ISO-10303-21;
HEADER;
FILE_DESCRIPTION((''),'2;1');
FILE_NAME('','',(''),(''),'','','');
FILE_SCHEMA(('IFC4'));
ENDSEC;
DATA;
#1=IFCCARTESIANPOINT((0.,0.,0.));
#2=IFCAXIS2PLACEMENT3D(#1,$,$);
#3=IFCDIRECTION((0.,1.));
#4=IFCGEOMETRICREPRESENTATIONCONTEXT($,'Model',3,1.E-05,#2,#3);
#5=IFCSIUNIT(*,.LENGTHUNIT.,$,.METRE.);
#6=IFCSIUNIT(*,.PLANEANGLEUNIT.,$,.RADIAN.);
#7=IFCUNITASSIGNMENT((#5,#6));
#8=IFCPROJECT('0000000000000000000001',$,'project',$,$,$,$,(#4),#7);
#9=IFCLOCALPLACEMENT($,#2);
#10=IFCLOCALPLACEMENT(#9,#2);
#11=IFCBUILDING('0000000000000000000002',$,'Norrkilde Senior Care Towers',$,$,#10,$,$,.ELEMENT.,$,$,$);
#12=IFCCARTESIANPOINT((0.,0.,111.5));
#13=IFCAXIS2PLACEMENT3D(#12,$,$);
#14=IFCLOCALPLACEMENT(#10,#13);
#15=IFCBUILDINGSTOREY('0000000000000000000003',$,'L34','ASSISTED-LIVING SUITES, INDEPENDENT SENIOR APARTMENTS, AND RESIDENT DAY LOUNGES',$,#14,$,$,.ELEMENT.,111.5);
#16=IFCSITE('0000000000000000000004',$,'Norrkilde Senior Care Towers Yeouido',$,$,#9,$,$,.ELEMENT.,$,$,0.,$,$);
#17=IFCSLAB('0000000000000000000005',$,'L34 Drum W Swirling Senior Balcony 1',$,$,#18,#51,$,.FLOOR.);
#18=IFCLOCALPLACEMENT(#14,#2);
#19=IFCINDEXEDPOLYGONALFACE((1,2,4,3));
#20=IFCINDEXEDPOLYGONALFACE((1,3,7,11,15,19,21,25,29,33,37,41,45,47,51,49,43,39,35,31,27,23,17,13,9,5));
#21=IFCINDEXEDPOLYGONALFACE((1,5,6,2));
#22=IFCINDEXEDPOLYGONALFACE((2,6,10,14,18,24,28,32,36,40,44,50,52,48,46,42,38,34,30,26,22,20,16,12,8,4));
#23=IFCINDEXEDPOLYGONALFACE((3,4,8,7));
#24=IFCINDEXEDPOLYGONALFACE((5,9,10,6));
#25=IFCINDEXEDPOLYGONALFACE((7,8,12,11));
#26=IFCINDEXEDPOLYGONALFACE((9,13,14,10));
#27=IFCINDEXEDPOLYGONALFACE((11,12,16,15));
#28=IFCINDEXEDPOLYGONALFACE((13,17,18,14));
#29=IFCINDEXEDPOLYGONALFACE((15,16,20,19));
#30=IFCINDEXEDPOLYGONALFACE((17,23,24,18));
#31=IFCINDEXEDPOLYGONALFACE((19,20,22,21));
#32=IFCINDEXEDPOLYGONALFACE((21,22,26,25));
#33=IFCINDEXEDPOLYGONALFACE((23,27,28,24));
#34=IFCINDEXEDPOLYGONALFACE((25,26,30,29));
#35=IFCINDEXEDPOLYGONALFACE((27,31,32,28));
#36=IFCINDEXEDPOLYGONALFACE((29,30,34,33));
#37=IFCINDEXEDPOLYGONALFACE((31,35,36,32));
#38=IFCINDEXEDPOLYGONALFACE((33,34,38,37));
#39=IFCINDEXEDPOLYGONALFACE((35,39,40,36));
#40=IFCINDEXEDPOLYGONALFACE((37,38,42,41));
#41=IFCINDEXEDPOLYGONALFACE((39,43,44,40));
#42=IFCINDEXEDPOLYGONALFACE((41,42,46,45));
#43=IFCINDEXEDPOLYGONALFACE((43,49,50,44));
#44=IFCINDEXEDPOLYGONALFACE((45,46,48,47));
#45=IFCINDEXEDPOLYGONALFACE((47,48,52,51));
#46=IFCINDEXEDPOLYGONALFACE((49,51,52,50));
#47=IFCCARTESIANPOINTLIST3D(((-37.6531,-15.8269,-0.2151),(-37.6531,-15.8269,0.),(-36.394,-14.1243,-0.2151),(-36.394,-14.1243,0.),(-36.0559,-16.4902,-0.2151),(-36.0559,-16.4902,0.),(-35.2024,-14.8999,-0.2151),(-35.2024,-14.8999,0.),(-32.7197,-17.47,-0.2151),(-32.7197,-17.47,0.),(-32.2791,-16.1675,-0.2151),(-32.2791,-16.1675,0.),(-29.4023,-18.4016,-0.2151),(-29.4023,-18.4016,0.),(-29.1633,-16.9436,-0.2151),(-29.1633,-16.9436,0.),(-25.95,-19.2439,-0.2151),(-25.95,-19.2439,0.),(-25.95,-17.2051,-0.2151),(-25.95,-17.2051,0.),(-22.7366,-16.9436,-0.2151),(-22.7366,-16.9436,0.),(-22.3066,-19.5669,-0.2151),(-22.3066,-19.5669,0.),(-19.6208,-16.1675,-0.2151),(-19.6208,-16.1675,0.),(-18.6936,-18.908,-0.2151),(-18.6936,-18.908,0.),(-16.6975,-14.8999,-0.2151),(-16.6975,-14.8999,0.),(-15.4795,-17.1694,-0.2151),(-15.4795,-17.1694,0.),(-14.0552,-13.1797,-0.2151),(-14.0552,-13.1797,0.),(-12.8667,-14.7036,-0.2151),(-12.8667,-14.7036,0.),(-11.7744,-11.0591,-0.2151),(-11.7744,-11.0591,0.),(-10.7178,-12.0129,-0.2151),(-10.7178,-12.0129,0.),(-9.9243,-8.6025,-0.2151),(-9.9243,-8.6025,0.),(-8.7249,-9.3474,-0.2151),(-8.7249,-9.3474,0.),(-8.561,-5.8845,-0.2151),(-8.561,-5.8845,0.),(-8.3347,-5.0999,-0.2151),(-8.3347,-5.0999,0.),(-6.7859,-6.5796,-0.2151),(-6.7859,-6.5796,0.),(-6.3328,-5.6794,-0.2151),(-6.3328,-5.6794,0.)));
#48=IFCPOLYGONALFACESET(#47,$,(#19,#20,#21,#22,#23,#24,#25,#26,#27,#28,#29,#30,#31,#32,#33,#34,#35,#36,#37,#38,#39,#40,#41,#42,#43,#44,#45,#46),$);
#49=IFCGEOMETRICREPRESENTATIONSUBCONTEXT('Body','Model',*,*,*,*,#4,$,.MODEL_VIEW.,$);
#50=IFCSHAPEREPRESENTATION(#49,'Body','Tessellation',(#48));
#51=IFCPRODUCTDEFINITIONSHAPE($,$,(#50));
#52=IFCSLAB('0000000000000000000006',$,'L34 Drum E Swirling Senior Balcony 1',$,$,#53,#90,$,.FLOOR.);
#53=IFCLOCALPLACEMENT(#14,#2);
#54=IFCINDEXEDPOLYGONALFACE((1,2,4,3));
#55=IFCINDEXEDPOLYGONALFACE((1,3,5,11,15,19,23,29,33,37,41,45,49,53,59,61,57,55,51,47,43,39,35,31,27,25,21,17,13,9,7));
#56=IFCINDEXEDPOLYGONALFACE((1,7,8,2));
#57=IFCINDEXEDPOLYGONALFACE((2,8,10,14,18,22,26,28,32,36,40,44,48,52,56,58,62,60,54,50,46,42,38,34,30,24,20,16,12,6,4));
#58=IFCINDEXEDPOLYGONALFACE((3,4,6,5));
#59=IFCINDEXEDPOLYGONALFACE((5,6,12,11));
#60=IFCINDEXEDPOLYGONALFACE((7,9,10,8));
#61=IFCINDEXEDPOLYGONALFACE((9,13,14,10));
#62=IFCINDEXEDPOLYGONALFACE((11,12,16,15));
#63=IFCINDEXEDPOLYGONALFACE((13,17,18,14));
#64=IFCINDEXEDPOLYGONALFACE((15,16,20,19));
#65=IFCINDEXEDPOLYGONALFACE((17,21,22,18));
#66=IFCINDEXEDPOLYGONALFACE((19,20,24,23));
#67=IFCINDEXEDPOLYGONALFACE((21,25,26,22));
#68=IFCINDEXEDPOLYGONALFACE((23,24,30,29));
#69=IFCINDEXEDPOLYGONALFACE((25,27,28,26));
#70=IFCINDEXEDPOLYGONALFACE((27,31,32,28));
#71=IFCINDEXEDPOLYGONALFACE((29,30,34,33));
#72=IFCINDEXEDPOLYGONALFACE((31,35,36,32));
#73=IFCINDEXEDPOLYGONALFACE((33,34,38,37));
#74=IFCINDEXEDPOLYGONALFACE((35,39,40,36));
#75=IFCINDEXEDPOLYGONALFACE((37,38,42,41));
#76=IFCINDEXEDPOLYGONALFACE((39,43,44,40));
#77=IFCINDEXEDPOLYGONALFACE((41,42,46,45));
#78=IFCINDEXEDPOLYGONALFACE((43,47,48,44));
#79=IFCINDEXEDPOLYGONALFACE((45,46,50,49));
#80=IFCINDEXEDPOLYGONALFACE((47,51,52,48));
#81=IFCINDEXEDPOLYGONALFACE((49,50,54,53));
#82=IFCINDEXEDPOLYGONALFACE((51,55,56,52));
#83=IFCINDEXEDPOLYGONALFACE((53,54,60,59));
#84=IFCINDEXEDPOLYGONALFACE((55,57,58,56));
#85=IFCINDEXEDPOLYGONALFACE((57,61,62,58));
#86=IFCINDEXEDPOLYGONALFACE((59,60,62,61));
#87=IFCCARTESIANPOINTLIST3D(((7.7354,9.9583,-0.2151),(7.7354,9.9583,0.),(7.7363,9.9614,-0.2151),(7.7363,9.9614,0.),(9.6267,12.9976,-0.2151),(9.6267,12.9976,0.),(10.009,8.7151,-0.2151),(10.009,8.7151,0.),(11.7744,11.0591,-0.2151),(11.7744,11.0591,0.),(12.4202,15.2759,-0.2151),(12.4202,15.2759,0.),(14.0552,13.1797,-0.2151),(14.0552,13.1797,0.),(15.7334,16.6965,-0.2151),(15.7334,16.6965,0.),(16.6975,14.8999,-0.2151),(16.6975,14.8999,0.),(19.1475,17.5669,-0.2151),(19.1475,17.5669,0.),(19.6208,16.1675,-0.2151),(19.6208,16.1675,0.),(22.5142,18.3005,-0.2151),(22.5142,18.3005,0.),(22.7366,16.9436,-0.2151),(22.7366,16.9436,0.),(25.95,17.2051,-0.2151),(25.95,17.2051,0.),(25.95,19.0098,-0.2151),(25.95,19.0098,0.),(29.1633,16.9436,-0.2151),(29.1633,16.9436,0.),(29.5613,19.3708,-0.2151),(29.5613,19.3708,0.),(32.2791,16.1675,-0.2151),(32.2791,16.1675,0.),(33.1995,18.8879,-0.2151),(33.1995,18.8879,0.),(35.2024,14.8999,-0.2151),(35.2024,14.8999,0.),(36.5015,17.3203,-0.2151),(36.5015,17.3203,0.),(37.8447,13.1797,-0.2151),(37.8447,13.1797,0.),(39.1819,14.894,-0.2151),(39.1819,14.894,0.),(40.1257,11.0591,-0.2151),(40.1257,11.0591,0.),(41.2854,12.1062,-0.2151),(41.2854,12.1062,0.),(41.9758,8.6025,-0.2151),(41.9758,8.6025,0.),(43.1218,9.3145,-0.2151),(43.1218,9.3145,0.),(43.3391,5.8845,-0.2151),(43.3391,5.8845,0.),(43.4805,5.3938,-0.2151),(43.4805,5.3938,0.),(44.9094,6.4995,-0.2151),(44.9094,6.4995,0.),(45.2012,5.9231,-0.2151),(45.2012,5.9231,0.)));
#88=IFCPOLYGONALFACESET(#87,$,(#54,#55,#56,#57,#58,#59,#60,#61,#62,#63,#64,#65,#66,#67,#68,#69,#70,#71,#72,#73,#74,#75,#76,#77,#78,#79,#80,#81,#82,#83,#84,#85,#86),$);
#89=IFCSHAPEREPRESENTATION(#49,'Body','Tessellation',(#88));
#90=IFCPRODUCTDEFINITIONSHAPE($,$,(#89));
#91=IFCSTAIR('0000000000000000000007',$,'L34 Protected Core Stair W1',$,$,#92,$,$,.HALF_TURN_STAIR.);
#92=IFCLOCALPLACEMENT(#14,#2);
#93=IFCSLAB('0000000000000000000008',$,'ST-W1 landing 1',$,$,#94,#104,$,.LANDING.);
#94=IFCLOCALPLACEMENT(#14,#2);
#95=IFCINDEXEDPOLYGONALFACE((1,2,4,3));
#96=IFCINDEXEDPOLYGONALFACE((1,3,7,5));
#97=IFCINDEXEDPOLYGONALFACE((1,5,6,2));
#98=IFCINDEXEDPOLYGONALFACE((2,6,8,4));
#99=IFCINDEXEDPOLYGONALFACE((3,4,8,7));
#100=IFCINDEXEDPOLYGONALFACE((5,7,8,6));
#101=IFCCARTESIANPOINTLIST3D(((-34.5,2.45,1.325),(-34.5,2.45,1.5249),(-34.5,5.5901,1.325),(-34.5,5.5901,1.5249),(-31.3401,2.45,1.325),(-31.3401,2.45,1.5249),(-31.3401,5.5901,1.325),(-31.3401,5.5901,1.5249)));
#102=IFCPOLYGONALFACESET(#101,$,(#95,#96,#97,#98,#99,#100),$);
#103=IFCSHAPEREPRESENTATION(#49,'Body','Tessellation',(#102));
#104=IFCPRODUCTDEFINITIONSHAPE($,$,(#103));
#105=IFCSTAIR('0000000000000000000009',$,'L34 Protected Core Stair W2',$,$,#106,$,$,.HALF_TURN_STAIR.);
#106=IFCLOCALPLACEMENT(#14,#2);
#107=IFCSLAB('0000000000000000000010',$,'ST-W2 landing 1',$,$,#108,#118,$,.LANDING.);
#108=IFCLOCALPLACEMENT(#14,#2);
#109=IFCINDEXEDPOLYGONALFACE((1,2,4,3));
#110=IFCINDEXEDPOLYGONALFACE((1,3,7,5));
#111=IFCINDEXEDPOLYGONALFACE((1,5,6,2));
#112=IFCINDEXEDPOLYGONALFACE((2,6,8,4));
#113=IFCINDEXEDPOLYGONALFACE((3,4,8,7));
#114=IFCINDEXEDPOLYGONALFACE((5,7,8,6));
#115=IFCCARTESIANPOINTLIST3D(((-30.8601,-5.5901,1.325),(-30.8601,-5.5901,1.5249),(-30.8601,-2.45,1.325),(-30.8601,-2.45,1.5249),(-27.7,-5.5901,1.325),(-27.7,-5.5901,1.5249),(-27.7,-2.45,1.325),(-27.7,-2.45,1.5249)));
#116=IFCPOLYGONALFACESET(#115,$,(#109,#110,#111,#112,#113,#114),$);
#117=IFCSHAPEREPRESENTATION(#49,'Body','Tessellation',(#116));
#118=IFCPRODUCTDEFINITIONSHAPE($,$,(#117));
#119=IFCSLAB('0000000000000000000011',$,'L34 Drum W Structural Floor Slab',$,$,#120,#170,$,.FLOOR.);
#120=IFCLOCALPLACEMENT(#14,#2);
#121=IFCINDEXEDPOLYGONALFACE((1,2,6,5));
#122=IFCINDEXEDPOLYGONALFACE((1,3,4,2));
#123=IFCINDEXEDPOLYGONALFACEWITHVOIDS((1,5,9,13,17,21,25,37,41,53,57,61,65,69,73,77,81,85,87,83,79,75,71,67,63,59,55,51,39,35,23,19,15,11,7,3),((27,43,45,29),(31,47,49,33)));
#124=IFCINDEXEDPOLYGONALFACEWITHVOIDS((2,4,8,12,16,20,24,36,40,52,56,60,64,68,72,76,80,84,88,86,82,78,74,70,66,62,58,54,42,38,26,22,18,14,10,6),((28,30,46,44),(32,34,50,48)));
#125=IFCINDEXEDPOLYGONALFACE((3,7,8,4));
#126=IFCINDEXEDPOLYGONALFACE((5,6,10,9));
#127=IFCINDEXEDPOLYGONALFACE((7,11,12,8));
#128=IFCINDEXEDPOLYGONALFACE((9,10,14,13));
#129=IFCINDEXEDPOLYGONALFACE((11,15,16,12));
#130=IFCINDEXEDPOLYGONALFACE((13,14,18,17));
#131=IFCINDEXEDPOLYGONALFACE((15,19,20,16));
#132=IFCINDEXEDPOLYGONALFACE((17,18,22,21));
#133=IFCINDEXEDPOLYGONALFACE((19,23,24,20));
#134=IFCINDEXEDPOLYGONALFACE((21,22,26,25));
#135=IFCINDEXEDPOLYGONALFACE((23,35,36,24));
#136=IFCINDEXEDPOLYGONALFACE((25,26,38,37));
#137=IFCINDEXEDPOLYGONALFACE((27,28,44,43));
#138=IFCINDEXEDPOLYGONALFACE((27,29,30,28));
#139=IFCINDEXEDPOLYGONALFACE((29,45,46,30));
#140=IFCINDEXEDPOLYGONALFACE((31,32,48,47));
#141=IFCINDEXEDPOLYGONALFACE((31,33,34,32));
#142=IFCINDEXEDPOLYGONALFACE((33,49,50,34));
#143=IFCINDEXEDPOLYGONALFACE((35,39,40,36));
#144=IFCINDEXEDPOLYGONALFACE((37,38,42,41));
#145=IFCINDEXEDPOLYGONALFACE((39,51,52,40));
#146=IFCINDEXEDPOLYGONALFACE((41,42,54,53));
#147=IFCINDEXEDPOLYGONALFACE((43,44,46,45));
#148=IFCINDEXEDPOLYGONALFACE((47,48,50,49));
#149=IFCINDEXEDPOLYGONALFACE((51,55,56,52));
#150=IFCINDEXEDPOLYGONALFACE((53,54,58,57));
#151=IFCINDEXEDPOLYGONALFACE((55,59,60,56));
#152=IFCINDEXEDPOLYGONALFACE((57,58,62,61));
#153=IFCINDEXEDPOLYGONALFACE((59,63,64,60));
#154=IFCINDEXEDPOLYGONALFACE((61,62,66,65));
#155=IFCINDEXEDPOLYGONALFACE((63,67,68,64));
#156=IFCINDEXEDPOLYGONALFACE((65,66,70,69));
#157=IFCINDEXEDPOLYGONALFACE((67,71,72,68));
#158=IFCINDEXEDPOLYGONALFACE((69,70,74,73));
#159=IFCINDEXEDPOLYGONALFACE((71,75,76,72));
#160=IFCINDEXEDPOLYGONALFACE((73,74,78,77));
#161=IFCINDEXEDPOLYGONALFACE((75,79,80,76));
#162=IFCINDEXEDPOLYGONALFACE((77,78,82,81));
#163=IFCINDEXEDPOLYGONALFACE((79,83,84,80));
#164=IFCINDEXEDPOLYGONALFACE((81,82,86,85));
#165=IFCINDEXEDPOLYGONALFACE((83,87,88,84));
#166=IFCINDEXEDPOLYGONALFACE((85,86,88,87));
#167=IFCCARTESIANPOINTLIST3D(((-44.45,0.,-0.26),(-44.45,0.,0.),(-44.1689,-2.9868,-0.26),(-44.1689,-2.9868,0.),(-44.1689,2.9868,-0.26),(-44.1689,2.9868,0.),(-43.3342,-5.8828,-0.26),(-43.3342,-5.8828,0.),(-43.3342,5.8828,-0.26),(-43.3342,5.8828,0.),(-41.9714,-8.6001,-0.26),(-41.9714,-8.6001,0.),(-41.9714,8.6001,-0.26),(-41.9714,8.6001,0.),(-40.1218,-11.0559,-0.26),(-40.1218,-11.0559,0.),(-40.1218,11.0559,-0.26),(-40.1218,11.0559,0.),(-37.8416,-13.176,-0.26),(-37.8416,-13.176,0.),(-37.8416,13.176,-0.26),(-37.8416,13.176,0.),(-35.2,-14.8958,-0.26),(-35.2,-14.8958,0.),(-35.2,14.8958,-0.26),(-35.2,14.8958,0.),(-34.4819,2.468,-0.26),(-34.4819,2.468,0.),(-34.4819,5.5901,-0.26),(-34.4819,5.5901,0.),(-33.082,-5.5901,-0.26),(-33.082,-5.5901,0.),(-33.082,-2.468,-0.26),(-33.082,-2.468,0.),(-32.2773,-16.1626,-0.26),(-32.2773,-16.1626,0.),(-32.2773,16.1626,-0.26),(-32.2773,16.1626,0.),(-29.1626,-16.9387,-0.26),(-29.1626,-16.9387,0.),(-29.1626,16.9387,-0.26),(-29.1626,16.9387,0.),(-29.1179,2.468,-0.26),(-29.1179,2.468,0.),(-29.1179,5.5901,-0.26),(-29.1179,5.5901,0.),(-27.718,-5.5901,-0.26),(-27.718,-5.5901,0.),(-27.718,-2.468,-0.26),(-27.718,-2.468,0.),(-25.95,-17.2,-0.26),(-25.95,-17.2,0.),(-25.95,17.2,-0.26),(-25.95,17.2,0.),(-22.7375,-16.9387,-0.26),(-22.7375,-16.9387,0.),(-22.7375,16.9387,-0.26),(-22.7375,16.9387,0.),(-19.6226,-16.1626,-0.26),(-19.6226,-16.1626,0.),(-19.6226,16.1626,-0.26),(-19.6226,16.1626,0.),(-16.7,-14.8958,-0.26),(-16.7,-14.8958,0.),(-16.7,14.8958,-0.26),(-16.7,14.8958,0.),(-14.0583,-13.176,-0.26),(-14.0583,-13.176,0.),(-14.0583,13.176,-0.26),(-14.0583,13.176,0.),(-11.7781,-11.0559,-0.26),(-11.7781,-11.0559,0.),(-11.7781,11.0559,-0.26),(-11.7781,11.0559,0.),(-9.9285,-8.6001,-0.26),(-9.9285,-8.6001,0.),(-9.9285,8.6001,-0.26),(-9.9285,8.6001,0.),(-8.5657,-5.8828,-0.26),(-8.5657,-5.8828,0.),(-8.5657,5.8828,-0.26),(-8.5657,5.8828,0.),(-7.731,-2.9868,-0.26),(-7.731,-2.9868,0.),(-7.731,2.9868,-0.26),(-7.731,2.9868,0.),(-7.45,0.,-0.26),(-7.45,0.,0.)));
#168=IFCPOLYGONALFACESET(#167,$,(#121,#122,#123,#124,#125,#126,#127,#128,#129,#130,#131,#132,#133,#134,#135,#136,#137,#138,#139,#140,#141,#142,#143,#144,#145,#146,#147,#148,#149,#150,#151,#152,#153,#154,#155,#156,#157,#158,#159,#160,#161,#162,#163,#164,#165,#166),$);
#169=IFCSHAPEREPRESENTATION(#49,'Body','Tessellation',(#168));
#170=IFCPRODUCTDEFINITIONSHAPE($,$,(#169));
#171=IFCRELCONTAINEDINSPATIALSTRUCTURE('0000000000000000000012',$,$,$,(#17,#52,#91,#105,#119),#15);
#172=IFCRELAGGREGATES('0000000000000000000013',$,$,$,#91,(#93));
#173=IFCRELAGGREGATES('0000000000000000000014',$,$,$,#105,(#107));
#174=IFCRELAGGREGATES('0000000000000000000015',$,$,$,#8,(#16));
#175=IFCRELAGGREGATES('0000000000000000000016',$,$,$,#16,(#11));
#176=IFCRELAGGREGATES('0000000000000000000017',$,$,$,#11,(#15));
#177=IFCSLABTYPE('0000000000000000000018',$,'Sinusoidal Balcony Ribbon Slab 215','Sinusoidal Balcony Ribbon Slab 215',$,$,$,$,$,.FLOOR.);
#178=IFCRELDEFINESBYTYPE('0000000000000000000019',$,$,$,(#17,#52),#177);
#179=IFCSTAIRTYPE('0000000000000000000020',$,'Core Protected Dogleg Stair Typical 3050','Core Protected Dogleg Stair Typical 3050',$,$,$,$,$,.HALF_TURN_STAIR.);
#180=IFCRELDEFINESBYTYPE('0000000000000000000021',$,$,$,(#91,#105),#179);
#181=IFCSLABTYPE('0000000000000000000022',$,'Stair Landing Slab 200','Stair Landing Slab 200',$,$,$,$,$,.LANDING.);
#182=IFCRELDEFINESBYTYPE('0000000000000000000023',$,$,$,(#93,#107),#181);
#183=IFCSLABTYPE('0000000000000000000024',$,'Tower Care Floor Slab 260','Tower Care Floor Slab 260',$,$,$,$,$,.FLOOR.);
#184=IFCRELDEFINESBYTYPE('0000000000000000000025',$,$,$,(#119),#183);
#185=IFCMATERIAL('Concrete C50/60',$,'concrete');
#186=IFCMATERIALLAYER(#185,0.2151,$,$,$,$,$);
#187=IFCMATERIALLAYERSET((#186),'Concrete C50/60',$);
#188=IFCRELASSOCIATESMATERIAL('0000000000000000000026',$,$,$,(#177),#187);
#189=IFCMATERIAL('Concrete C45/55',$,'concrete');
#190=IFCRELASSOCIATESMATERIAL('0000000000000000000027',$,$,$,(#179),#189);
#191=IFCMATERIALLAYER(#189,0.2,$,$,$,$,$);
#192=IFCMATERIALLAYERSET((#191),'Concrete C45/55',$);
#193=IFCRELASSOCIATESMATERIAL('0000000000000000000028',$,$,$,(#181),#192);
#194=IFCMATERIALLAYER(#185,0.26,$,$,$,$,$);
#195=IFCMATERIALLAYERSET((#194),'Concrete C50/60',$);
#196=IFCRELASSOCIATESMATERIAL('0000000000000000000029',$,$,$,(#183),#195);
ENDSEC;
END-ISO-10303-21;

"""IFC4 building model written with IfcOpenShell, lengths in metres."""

from ifc_helpers import new_model, si_unit, direction, frame, origin, place, context, subcontext, project, spatial, polyline, outline, extrude, material, layer, layer_set, type_object, element, aggregate, save


model = new_model("IFC4")

# Units and contexts
model_context = context("Model", 3, precision=1e-05, world=origin(), true_north=direction((0.0, 1.0)))
body_context = subcontext(model_context, "Body", "Model", "MODEL_VIEW")
ifc_project = project(units=[si_unit("LENGTHUNIT", "METRE"), si_unit("PLANEANGLEUNIT", "RADIAN")], contexts=[model_context])

# Site, building, storey
site_placement = place(None, origin())
site = spatial("IfcSite", under=ifc_project, at=site_placement, Name="Norrkilde Senior Care Towers Yeouido", CompositionType="ELEMENT", RefElevation=0.0)
building_placement = place(site_placement, origin())
building = spatial("IfcBuilding", under=site, at=building_placement, Name="Norrkilde Senior Care Towers", CompositionType="ELEMENT")
storey_placement = place(building_placement, frame((0.0, 0.0, 111.5)))
storey = spatial("IfcBuildingStorey", under=building, at=storey_placement, Name="L34", Description="ASSISTED-LIVING SUITES, INDEPENDENT SENIOR APARTMENTS, AND RESIDENT DAY LOUNGES", CompositionType="ELEMENT", Elevation=111.5)

# Slabs
ifc_material_1 = material(Name="Concrete C50/60", Category="concrete")
ifc_layer_1 = layer(ifc_material_1, 0.2151)
ifc_layer_set_1 = layer_set([ifc_layer_1], Name="Concrete C50/60")
slab_type_1 = type_object("IfcSlabType", Name="Sinusoidal Balcony Ribbon Slab 215", Description="Sinusoidal Balcony Ribbon Slab 215", PredefinedType="FLOOR", material=ifc_layer_set_1)
slab_1_placement = place(storey_placement, frame((0.0, 0.0, -0.2151)))
element("IfcSlab", 1, at=slab_1_placement, inside=storey, type_object=slab_type_1, Name="L34 Drum W Swirling Senior Balcony 1", PredefinedType="FLOOR", context=body_context, shape_type="SweptSolid", body=[
    extrude(outline(polyline([(-8.7249, -9.3474), (-10.7178, -12.0129), (-12.8667, -14.7036), (-15.4795, -17.1694), (-18.6936, -18.908), (-22.3066, -19.5669), (-25.95, -19.2439), (-29.4023, -18.4016), (-32.7197, -17.47), (-36.0559, -16.4902), (-37.6531, -15.8269), (-36.394, -14.1243), (-35.2024, -14.8999), (-32.2791, -16.1675), (-29.1633, -16.9436), (-25.95, -17.2051), (-22.7366, -16.9436), (-19.6208, -16.1675), (-16.6975, -14.8999), (-14.0552, -13.1797), (-11.7744, -11.0591), (-9.9243, -8.6025), (-8.561, -5.8845), (-8.3347, -5.0999), (-6.3328, -5.6794), (-6.7859, -6.5796), (-8.7249, -9.3474)])), origin(), (0.0, 0.0, 1.0), 0.2151),
])
slab_2_placement = place(storey_placement, frame((0.0, 0.0, -0.2151)))
element("IfcSlab", 2, at=slab_2_placement, inside=storey, type_object=slab_type_1, Name="L34 Drum E Swirling Senior Balcony 1", PredefinedType="FLOOR", context=body_context, shape_type="SweptSolid", body=[
    extrude(outline(polyline([(9.6267, 12.9976), (12.4202, 15.2759), (15.7334, 16.6965), (19.1475, 17.5669), (22.5142, 18.3005), (25.95, 19.0098), (29.5613, 19.3708), (33.1995, 18.8879), (36.5015, 17.3203), (39.1819, 14.894), (41.2854, 12.1062), (43.1218, 9.3145), (44.9094, 6.4995), (45.2012, 5.9231), (43.4805, 5.3938), (43.3391, 5.8845), (41.9758, 8.6025), (40.1257, 11.0591), (37.8447, 13.1797), (35.2024, 14.8999), (32.2791, 16.1675), (29.1633, 16.9436), (25.95, 17.2051), (22.7366, 16.9436), (19.6208, 16.1675), (16.6975, 14.8999), (14.0552, 13.1797), (11.7744, 11.0591), (10.009, 8.7151), (7.7354, 9.9583), (7.7363, 9.9614), (9.6267, 12.9976)])), origin(), (0.0, 0.0, 1.0), 0.2151),
])

# Stairs, slabs
ifc_material_2 = material(Name="Concrete C45/55", Category="concrete")
stair_type = type_object("IfcStairType", Name="Core Protected Dogleg Stair Typical 3050", Description="Core Protected Dogleg Stair Typical 3050", PredefinedType="HALF_TURN_STAIR", material=ifc_material_2)
stair_1_placement = place(storey_placement, origin())
stair_1 = element("IfcStair", 3, at=stair_1_placement, inside=storey, type_object=stair_type, Name="L34 Protected Core Stair W1", PredefinedType="HALF_TURN_STAIR")
ifc_layer_2 = layer(ifc_material_2, 0.2)
ifc_layer_set_2 = layer_set([ifc_layer_2], Name="Concrete C45/55")
slab_type_2 = type_object("IfcSlabType", Name="Stair Landing Slab 200", Description="Stair Landing Slab 200", PredefinedType="LANDING", material=ifc_layer_set_2)
slab_3_placement = place(storey_placement, frame((0.0, 0.0, 1.325)))
slab_3 = element("IfcSlab", 4, at=slab_3_placement, type_object=slab_type_2, Name="ST-W1 landing 1", PredefinedType="LANDING", context=body_context, shape_type="SweptSolid", body=[
    extrude(outline(polyline([(-31.3401, 5.5901), (-34.5, 5.5901), (-34.5, 2.45), (-31.3401, 2.45), (-31.3401, 5.5901)])), origin(), (0.0, 0.0, 1.0), 0.2),
])
aggregate(stair_1, [slab_3])
stair_2_placement = place(storey_placement, origin())
stair_2 = element("IfcStair", 5, at=stair_2_placement, inside=storey, type_object=stair_type, Name="L34 Protected Core Stair W2", PredefinedType="HALF_TURN_STAIR")
slab_4_placement = place(storey_placement, frame((0.0, 0.0, 1.325)))
slab_4 = element("IfcSlab", 6, at=slab_4_placement, type_object=slab_type_2, Name="ST-W2 landing 1", PredefinedType="LANDING", context=body_context, shape_type="SweptSolid", body=[
    extrude(outline(polyline([(-30.8601, -5.5901), (-27.7, -5.5901), (-27.7, -2.45), (-30.8601, -2.45), (-30.8601, -5.5901)])), origin(), (0.0, 0.0, 1.0), 0.2),
])
aggregate(stair_2, [slab_4])

# Slab
ifc_layer_3 = layer(ifc_material_1, 0.26)
ifc_layer_set_3 = layer_set([ifc_layer_3], Name="Concrete C50/60")
slab_type_3 = type_object("IfcSlabType", Name="Tower Care Floor Slab 260", Description="Tower Care Floor Slab 260", PredefinedType="FLOOR", material=ifc_layer_set_3)
slab_5_placement = place(storey_placement, frame((0.0, 0.0, -0.26)))
element("IfcSlab", 7, at=slab_5_placement, inside=storey, type_object=slab_type_3, Name="L34 Drum W Structural Floor Slab", PredefinedType="FLOOR", context=body_context, shape_type="SweptSolid", body=[
    extrude(outline(polyline([(-8.5657, -5.8828), (-9.9285, -8.6001), (-11.7781, -11.0559), (-14.0583, -13.176), (-16.7, -14.8958), (-19.6226, -16.1626), (-22.7375, -16.9387), (-25.95, -17.2), (-29.1626, -16.9387), (-32.2773, -16.1626), (-35.2, -14.8958), (-37.8416, -13.176), (-40.1218, -11.0559), (-41.9714, -8.6001), (-43.3342, -5.8828), (-44.1689, -2.9868), (-44.45, 0.0), (-44.1689, 2.9868), (-43.3342, 5.8828), (-41.9714, 8.6001), (-40.1218, 11.0559), (-37.8416, 13.176), (-35.2, 14.8958), (-32.2773, 16.1626), (-29.1626, 16.9387), (-25.95, 17.2), (-22.7375, 16.9387), (-19.6226, 16.1626), (-16.7, 14.8958), (-14.0583, 13.176), (-11.7781, 11.0559), (-9.9285, 8.6001), (-8.5657, 5.8828), (-7.731, 2.9868), (-7.45, 0.0), (-7.731, -2.9868), (-8.5657, -5.8828)]), holes=[polyline([(-34.4819, 2.468), (-29.1179, 2.468), (-29.1179, 5.5901), (-34.4819, 5.5901), (-34.4819, 2.468)]), polyline([(-27.718, -5.5901), (-27.718, -2.468), (-33.082, -2.468), (-33.082, -5.5901), (-27.718, -5.5901)])]), origin(), (0.0, 0.0, 1.0), 0.26),
])

save(model, "model.ifc")
